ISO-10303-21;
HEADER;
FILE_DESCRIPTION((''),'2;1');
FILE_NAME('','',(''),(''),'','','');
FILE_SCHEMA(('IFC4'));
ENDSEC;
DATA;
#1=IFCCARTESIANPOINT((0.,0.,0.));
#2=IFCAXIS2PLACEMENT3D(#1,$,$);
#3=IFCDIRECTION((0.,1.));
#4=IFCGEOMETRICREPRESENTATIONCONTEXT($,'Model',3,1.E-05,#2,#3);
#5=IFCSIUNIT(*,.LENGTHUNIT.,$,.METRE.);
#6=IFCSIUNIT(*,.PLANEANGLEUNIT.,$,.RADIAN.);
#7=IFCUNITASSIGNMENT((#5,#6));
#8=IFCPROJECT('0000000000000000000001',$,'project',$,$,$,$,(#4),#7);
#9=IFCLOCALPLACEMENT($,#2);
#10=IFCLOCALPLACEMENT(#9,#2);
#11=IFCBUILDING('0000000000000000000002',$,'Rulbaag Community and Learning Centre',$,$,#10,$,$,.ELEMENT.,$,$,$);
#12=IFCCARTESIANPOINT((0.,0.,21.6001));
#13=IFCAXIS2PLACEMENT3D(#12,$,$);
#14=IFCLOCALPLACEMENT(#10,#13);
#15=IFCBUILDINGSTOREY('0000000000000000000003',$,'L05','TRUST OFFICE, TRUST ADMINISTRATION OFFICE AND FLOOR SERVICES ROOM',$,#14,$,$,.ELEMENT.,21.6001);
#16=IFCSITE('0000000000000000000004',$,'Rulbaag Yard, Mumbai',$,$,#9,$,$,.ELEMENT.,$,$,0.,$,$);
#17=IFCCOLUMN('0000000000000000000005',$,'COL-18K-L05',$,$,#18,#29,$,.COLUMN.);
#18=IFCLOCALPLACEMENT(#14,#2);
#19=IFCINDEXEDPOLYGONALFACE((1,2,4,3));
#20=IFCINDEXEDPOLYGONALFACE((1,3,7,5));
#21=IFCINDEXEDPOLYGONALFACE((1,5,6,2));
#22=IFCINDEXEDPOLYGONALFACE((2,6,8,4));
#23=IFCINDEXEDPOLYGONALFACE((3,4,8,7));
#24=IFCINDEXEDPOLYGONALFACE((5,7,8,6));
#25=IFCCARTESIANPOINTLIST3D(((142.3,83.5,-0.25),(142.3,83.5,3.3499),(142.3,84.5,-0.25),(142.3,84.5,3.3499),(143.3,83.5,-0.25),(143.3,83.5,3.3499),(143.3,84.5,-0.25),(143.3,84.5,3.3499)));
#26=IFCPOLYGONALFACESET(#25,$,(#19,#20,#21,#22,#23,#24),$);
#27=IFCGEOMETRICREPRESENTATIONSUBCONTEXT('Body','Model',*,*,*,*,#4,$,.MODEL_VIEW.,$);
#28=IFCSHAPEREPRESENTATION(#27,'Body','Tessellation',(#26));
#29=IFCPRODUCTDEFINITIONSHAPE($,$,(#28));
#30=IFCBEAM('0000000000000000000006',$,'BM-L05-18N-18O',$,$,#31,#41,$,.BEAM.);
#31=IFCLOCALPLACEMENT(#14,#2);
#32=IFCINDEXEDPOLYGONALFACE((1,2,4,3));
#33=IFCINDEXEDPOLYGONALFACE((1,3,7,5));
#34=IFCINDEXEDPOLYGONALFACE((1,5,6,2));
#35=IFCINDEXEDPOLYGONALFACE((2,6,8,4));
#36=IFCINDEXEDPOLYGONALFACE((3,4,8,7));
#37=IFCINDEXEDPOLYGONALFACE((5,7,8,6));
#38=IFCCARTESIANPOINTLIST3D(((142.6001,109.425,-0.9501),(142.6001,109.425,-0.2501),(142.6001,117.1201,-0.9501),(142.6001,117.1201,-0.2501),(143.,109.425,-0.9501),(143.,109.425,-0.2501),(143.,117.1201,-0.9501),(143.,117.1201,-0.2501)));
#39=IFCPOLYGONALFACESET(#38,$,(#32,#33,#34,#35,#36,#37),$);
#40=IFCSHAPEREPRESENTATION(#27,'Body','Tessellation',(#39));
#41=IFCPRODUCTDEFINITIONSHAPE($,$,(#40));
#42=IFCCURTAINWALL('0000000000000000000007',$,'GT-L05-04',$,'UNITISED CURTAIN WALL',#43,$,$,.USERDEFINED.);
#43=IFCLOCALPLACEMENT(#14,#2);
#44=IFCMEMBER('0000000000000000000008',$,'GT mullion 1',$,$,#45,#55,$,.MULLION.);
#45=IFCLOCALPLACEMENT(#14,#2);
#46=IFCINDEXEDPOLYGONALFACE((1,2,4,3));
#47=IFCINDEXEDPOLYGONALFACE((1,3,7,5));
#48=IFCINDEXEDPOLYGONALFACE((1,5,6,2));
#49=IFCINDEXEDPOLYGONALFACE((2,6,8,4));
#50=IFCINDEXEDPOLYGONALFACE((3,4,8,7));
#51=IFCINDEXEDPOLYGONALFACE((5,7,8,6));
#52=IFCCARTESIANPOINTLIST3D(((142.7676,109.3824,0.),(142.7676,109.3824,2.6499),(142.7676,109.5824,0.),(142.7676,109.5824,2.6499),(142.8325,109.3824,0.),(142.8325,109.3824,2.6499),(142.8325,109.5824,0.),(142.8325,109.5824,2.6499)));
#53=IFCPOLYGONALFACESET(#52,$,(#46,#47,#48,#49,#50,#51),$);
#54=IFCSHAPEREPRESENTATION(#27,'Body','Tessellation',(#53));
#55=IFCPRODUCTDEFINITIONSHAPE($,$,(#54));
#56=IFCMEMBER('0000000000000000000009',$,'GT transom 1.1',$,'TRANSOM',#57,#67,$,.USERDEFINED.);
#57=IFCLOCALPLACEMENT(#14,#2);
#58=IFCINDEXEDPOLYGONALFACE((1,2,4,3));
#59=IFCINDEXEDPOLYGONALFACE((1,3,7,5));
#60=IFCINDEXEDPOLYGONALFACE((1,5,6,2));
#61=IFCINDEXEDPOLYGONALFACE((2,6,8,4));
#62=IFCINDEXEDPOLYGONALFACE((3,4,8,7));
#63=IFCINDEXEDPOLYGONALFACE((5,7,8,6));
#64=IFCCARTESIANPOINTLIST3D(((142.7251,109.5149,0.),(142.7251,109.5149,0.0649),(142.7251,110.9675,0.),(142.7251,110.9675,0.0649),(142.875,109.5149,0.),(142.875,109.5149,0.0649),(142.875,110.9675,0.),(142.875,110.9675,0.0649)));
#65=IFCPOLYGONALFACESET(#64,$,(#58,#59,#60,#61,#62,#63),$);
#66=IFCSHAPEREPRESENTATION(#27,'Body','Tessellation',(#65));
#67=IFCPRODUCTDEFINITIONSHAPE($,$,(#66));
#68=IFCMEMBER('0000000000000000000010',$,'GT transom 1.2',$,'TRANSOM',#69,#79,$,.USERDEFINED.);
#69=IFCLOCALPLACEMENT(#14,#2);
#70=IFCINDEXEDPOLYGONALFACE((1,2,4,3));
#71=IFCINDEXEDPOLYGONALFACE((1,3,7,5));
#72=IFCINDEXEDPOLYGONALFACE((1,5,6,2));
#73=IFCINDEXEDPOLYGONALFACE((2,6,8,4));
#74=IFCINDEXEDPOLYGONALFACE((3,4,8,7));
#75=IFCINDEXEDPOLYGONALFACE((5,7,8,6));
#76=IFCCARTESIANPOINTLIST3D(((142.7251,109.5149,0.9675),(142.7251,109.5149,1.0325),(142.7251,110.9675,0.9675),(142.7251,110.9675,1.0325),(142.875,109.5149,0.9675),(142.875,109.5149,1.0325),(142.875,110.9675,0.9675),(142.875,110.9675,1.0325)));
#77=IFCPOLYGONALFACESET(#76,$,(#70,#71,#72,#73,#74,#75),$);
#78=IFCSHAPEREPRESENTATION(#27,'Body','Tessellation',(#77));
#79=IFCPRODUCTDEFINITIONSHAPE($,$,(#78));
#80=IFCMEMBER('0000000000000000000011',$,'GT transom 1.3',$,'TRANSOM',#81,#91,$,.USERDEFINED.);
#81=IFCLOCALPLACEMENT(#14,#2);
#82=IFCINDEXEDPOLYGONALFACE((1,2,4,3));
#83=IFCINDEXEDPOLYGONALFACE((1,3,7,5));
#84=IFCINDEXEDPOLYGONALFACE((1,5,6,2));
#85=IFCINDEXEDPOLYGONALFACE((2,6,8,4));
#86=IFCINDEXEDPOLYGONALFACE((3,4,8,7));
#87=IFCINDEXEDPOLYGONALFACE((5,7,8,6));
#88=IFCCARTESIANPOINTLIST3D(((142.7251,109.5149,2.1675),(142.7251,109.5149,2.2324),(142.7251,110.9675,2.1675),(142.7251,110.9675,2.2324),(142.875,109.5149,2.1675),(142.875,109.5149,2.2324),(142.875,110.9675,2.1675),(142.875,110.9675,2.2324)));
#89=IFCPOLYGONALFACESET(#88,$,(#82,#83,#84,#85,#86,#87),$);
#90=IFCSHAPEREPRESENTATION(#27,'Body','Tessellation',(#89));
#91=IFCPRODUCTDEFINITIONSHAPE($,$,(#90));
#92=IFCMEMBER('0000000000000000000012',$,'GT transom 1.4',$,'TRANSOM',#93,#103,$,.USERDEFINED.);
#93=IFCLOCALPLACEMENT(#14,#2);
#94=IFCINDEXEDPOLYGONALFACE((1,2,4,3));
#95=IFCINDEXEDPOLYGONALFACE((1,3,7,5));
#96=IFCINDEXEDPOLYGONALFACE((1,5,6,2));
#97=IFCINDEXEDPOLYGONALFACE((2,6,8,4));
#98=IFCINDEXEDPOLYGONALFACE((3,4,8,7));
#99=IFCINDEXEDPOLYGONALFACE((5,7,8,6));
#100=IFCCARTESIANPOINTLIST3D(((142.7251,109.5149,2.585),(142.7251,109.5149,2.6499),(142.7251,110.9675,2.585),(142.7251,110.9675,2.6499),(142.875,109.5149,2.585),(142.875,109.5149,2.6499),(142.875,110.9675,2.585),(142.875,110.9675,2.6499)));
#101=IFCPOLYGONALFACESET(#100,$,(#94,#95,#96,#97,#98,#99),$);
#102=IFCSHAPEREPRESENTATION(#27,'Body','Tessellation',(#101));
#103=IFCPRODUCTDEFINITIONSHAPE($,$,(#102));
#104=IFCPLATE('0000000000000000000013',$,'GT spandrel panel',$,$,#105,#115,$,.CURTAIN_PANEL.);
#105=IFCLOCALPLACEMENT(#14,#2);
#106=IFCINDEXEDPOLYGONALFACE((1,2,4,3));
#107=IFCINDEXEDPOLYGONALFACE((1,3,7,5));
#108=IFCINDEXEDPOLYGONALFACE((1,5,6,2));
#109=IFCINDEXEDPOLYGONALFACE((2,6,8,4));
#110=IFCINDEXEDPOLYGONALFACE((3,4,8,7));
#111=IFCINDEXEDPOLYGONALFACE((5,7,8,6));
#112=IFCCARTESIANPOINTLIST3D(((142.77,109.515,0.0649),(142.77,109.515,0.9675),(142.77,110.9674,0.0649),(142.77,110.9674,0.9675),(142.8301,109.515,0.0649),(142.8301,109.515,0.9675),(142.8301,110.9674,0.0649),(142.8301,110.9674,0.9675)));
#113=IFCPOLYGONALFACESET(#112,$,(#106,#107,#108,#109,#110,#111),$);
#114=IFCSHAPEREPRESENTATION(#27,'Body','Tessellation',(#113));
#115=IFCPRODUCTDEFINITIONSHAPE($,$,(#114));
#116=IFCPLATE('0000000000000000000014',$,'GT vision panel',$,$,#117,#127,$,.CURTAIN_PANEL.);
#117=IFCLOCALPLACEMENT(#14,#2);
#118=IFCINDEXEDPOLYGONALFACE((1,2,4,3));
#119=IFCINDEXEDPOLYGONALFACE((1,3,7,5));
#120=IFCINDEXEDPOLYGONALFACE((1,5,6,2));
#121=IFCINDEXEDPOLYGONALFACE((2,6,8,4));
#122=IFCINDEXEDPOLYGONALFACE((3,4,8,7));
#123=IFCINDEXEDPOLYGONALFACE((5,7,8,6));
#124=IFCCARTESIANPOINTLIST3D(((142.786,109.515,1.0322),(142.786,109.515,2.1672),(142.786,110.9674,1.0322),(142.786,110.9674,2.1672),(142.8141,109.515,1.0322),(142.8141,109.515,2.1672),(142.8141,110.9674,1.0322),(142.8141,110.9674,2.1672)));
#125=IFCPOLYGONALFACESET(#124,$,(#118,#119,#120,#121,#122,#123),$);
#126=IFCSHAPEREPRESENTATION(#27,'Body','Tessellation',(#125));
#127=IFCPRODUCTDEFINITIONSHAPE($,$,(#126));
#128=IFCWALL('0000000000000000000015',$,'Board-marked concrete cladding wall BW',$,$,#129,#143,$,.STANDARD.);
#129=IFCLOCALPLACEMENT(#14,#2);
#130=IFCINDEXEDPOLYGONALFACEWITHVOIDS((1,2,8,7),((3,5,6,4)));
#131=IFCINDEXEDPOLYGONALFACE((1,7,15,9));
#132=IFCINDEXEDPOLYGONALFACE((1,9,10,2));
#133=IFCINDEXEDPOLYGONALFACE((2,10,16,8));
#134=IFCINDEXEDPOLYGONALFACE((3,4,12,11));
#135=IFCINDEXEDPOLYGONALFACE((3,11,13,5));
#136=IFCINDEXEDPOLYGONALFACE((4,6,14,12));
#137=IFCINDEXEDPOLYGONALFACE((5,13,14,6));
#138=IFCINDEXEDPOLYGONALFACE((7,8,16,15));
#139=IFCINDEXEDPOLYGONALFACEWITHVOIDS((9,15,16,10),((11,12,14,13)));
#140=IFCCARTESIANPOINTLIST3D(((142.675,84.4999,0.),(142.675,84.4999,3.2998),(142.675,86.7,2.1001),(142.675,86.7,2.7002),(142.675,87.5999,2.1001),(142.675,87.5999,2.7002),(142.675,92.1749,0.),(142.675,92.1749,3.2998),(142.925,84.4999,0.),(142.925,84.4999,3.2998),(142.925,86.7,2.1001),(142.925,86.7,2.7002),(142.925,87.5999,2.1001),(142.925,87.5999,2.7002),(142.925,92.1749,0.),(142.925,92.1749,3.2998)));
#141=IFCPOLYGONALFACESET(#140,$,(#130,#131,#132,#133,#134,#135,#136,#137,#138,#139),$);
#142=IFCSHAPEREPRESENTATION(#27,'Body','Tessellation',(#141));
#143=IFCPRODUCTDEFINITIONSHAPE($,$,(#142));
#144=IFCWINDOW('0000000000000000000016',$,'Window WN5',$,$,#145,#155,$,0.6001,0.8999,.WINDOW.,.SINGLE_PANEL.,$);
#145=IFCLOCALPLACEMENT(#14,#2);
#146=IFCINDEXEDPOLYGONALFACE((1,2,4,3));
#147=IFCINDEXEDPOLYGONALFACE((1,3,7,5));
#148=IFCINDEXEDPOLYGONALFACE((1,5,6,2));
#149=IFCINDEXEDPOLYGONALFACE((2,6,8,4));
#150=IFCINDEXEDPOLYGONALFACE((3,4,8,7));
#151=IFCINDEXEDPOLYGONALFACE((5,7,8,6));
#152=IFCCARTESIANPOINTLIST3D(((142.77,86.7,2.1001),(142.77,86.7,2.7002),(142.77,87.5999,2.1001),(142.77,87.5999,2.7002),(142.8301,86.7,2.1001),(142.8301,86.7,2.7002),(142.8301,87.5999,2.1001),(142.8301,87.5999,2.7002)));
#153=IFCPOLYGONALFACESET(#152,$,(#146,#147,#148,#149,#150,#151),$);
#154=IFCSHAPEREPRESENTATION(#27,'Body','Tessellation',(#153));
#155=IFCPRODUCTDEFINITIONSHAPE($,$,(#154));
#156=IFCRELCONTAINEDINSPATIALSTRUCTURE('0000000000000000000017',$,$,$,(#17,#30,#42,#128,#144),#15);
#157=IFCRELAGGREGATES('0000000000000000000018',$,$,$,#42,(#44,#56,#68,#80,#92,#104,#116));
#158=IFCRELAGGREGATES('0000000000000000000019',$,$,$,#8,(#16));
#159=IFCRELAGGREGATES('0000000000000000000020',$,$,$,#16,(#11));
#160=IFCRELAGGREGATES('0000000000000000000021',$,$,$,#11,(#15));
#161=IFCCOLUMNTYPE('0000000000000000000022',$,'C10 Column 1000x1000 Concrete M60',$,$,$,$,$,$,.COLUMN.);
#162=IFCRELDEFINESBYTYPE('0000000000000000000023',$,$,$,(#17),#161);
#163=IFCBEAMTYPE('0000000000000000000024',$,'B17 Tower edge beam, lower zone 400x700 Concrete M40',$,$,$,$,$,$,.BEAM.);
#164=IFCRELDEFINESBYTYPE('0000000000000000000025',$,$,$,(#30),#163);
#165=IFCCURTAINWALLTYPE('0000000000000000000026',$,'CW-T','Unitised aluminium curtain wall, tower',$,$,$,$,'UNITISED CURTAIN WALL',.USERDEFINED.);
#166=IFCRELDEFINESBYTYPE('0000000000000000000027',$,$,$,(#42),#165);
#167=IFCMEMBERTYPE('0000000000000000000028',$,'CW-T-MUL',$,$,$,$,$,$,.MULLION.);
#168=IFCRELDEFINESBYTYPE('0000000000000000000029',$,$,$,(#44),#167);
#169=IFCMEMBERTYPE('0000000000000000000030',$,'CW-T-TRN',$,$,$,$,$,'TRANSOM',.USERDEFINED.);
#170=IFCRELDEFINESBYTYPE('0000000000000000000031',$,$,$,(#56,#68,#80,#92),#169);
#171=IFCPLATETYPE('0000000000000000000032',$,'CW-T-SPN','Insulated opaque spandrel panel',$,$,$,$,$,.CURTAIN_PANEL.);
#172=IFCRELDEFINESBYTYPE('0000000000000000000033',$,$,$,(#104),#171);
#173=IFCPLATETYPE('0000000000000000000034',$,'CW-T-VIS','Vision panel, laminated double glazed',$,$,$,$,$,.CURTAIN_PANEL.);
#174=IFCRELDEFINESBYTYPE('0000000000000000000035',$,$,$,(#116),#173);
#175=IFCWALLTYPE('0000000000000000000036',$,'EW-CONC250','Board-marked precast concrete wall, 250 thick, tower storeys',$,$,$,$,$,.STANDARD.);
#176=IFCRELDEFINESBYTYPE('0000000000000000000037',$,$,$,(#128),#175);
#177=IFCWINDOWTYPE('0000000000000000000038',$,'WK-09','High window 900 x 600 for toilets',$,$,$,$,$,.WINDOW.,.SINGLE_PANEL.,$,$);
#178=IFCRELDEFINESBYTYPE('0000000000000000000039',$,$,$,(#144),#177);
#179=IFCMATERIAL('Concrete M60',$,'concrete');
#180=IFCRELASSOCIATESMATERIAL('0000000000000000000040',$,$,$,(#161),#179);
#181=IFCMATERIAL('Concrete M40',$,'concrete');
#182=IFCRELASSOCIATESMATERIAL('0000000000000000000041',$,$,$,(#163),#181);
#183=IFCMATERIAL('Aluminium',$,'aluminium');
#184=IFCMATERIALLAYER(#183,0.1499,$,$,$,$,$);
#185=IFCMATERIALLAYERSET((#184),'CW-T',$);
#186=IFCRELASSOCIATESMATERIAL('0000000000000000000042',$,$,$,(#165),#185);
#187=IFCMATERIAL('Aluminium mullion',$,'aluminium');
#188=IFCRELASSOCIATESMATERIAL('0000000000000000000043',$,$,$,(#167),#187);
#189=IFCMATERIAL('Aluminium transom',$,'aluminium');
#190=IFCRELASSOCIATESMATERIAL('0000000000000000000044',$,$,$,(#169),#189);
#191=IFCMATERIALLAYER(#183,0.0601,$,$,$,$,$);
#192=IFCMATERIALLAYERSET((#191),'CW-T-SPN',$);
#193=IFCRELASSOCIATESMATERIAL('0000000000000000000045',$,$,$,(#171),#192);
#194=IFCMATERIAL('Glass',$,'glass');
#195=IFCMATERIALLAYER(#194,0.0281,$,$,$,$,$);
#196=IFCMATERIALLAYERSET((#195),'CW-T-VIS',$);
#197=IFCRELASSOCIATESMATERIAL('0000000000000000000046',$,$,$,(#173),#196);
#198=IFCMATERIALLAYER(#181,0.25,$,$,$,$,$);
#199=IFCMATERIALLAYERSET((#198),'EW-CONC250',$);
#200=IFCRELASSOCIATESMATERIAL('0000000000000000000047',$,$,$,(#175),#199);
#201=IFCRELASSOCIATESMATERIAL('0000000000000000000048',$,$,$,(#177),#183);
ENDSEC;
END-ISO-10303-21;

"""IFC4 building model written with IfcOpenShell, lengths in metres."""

from ifc_helpers import new_model, si_unit, direction, frame, frame_2d, origin, origin_2d, place, context, subcontext, project, spatial, rectangle, extrude, material, layer, layer_set, material_profile, profile_set, type_object, element, fill, aggregate, save


model = new_model("IFC4")

# Units and contexts
model_context = context("Model", 3, precision=1e-05, world=origin(), true_north=direction((0.0, 1.0)))
body_context = subcontext(model_context, "Body", "Model", "MODEL_VIEW")
ifc_project = project(units=[si_unit("LENGTHUNIT", "METRE"), si_unit("PLANEANGLEUNIT", "RADIAN")], contexts=[model_context])

# Site, building, storey
site_placement = place(None, origin())
site = spatial("IfcSite", under=ifc_project, at=site_placement, Name="Rulbaag Yard, Mumbai", CompositionType="ELEMENT", RefElevation=0.0)
building_placement = place(site_placement, origin())
building = spatial("IfcBuilding", under=site, at=building_placement, Name="Rulbaag Community and Learning Centre", CompositionType="ELEMENT")
storey_placement = place(building_placement, frame((0.0, 0.0, 21.6001)))
storey = spatial("IfcBuildingStorey", under=building, at=storey_placement, Name="L05", Description="TRUST OFFICE, TRUST ADMINISTRATION OFFICE AND FLOOR SERVICES ROOM", CompositionType="ELEMENT", Elevation=21.6001)

# Column
ifc_material_1 = material(Name="Concrete M60", Category="concrete")
ifc_material_profile_1 = material_profile(ifc_material_1, rectangle(XDim=1.0, YDim=1.0, at=origin_2d()), Name="RC1000x1000")
ifc_profile_set_1 = profile_set([ifc_material_profile_1], Name="Concrete M60")
column_type = type_object("IfcColumnType", Name="C10 Column 1000x1000 Concrete M60", PredefinedType="COLUMN", material=ifc_profile_set_1)
column_placement = place(storey_placement, frame((142.8, 84.0, -0.25), z_axis=(0.0, 0.0, 1.0), x_axis=(1.0, 0.0, 0.0)))
element("IfcColumn", 1, at=column_placement, inside=storey, type_object=column_type, Name="COL-18K-L05", PredefinedType="COLUMN", context=body_context, shape_type="SweptSolid", body=[
    extrude(rectangle(XDim=1.0, YDim=1.0, at=origin_2d()), origin(), (0.0, 0.0, 1.0), 3.5999),
])

# Beam
ifc_material_2 = material(Name="Concrete M40", Category="concrete")
ifc_material_profile_2 = material_profile(ifc_material_2, rectangle(XDim=0.3999, YDim=0.7, at=origin_2d()), Name="RB400x700")
ifc_profile_set_2 = profile_set([ifc_material_profile_2], Name="Concrete M40")
beam_type = type_object("IfcBeamType", Name="B17 Tower edge beam, lower zone 400x700 Concrete M40", PredefinedType="BEAM", material=ifc_profile_set_2)
beam_placement = place(storey_placement, frame((142.8, 109.425, -0.6001), z_axis=(0.0, 1.0, 0.0), x_axis=(-1.0, 0.0, 0.0)))
element("IfcBeam", 2, at=beam_placement, inside=storey, type_object=beam_type, Name="BM-L05-18N-18O", PredefinedType="BEAM", context=body_context, shape_type="SweptSolid", body=[
    extrude(rectangle(XDim=0.3999, YDim=0.7, at=origin_2d()), origin(), (0.0, 0.0, 1.0), 7.6951),
])

# Curtain wall, members, plates
ifc_material_3 = material(Name="Aluminium", Category="aluminium")
ifc_layer_1 = layer(ifc_material_3, 0.1499)
ifc_layer_set_1 = layer_set([ifc_layer_1], Name="CW-T")
curtain_wall_type = type_object("IfcCurtainWallType", Name="CW-T", Description="Unitised aluminium curtain wall, tower", ElementType="UNITISED CURTAIN WALL", PredefinedType="USERDEFINED", material=ifc_layer_set_1)
curtain_wall_placement = place(storey_placement, origin())
curtain_wall = element("IfcCurtainWall", 3, at=curtain_wall_placement, inside=storey, type_object=curtain_wall_type, Name="GT-L05-04", ObjectType="UNITISED CURTAIN WALL", PredefinedType="USERDEFINED")
ifc_material_4 = material(Name="Aluminium mullion", Category="aluminium")
ifc_material_profile_3 = material_profile(ifc_material_4, rectangle(XDim=0.0649, YDim=0.2, at=origin_2d()), Name="AL 65x200")
ifc_profile_set_3 = profile_set([ifc_material_profile_3], Name="Aluminium mullion")
member_type_1 = type_object("IfcMemberType", Name="CW-T-MUL", PredefinedType="MULLION", material=ifc_profile_set_3)
member_1_placement = place(storey_placement, frame((142.8, 109.4824, 0.0), z_axis=(0.0, 0.0, 1.0), x_axis=(-1.0, 0.0, 0.0)))
member_1 = element("IfcMember", 4, at=member_1_placement, type_object=member_type_1, Name="GT mullion 1", PredefinedType="MULLION", context=body_context, shape_type="SweptSolid", body=[
    extrude(rectangle(XDim=0.0649, YDim=0.2, at=origin_2d()), origin(), (0.0, 0.0, 1.0), 2.6499),
])
ifc_material_5 = material(Name="Aluminium transom", Category="aluminium")
ifc_material_profile_4 = material_profile(ifc_material_5, rectangle(XDim=0.1499, YDim=0.0649, at=origin_2d()), Name="AL 65x150 T")
ifc_profile_set_4 = profile_set([ifc_material_profile_4], Name="Aluminium transom")
member_type_2 = type_object("IfcMemberType", Name="CW-T-TRN", ElementType="TRANSOM", PredefinedType="USERDEFINED", material=ifc_profile_set_4)
member_2_placement = place(storey_placement, frame((142.8, 109.5149, 0.0325), z_axis=(0.0, 1.0, 0.0), x_axis=(-1.0, 0.0, 0.0)))
member_2 = element("IfcMember", 5, at=member_2_placement, type_object=member_type_2, Name="GT transom 1.1", ObjectType="TRANSOM", PredefinedType="USERDEFINED", context=body_context, shape_type="SweptSolid", body=[
    extrude(rectangle(XDim=0.1499, YDim=0.0649, at=origin_2d()), origin(), (0.0, 0.0, 1.0), 1.4526),
])
member_3_placement = place(storey_placement, frame((142.8, 109.5149, 1.0), z_axis=(0.0, 1.0, 0.0), x_axis=(-1.0, 0.0, 0.0)))
member_3 = element("IfcMember", 6, at=member_3_placement, type_object=member_type_2, Name="GT transom 1.2", ObjectType="TRANSOM", PredefinedType="USERDEFINED", context=body_context, shape_type="SweptSolid", body=[
    extrude(rectangle(XDim=0.1499, YDim=0.0649, at=origin_2d()), origin(), (0.0, 0.0, 1.0), 1.4526),
])
member_4_placement = place(storey_placement, frame((142.8, 109.5149, 2.2), z_axis=(0.0, 1.0, 0.0), x_axis=(-1.0, 0.0, 0.0)))
member_4 = element("IfcMember", 7, at=member_4_placement, type_object=member_type_2, Name="GT transom 1.3", ObjectType="TRANSOM", PredefinedType="USERDEFINED", context=body_context, shape_type="SweptSolid", body=[
    extrude(rectangle(XDim=0.1499, YDim=0.0649, at=origin_2d()), origin(), (0.0, 0.0, 1.0), 1.4526),
])
member_5_placement = place(storey_placement, frame((142.8, 109.5149, 2.6174), z_axis=(0.0, 1.0, 0.0), x_axis=(-1.0, 0.0, 0.0)))
member_5 = element("IfcMember", 8, at=member_5_placement, type_object=member_type_2, Name="GT transom 1.4", ObjectType="TRANSOM", PredefinedType="USERDEFINED", context=body_context, shape_type="SweptSolid", body=[
    extrude(rectangle(XDim=0.1499, YDim=0.0649, at=origin_2d()), origin(), (0.0, 0.0, 1.0), 1.4526),
])
ifc_layer_2 = layer(ifc_material_3, 0.0601)
ifc_layer_set_2 = layer_set([ifc_layer_2], Name="CW-T-SPN")
plate_type_1 = type_object("IfcPlateType", Name="CW-T-SPN", Description="Insulated opaque spandrel panel", PredefinedType="CURTAIN_PANEL", material=ifc_layer_set_2)
plate_1_placement = place(storey_placement, frame((142.8, 110.2412, 0.0649), z_axis=(0.0, 0.0, 1.0), x_axis=(0.0, 1.0, 0.0)))
plate_1 = element("IfcPlate", 9, at=plate_1_placement, type_object=plate_type_1, Name="GT spandrel panel", PredefinedType="CURTAIN_PANEL", context=body_context, shape_type="SweptSolid", body=[
    extrude(rectangle(XDim=1.4524, YDim=0.0601, at=origin_2d()), origin(), (0.0, 0.0, 1.0), 0.9026),
])
ifc_material_6 = material(Name="Glass", Category="glass")
ifc_layer_3 = layer(ifc_material_6, 0.0281)
ifc_layer_set_3 = layer_set([ifc_layer_3], Name="CW-T-VIS")
plate_type_2 = type_object("IfcPlateType", Name="CW-T-VIS", Description="Vision panel, laminated double glazed", PredefinedType="CURTAIN_PANEL", material=ifc_layer_set_3)
plate_2_placement = place(storey_placement, frame((142.8, 110.2412, 1.0322), z_axis=(0.0, 0.0, 1.0), x_axis=(0.0, 1.0, 0.0)))
plate_2 = element("IfcPlate", 10, at=plate_2_placement, type_object=plate_type_2, Name="GT vision panel", PredefinedType="CURTAIN_PANEL", context=body_context, shape_type="SweptSolid", body=[
    extrude(rectangle(XDim=1.4524, YDim=0.0281, at=origin_2d()), origin(), (0.0, 0.0, 1.0), 1.135),
])
aggregate(curtain_wall, [member_1, member_2, member_3, member_4, member_5, plate_1, plate_2])

# Wall, opening, window
ifc_layer_4 = layer(ifc_material_2, 0.25)
ifc_layer_set_4 = layer_set([ifc_layer_4], Name="EW-CONC250")
wall_type_1 = type_object("IfcWallType", Name="EW-CONC250", Description="Board-marked precast concrete wall, 250 thick, tower storeys", PredefinedType="STANDARD", material=ifc_layer_set_4)
wall_1_placement = place(storey_placement, frame((142.8, 84.5, 0.0), z_axis=(0.0, 0.0, 1.0), x_axis=(0.0, 1.0, 0.0)))
wall_1 = element("IfcWall", 11, at=wall_1_placement, inside=storey, type_object=wall_type_1, Name="Board-marked concrete cladding wall BW", PredefinedType="STANDARD", context=body_context, shape_type="SweptSolid", body=[
    extrude(rectangle(XDim=7.675, YDim=0.25, at=frame_2d((3.8374, 0.0))), origin(), (0.0, 0.0, 1.0), 3.2998),
])
opening_1_placement = place(wall_1_placement, frame((2.2, 0.0, 2.1001)))
opening_1 = element("IfcOpeningElement", 12, at=opening_1_placement, cuts=wall_1, PredefinedType="OPENING", context=body_context, shape_type="SweptSolid", body=[
    extrude(rectangle(XDim=0.8999, YDim=0.6001, at=frame_2d((0.45, 0.3))), frame((0.0, 0.135, 0.0), z_axis=(0.0, -1.0, 0.0), x_axis=(1.0, 0.0, 0.0)), (0.0, 0.0, 1.0), 0.27),
])
window_type = type_object("IfcWindowType", Name="WK-09", Description="High window 900 x 600 for toilets", PartitioningType="SINGLE_PANEL", PredefinedType="WINDOW", material=ifc_material_3)
window_placement = place(opening_1_placement, origin())
window = element("IfcWindow", 13, at=window_placement, inside=storey, type_object=window_type, Name="Window WN5", OverallHeight=0.6001, OverallWidth=0.8999, PartitioningType="SINGLE_PANEL", PredefinedType="WINDOW", context=body_context, shape_type="SweptSolid", body=[
    extrude(rectangle(XDim=0.8999, YDim=0.6001, at=frame_2d((0.45, 0.3))), frame((0.0, 0.03, 0.0), z_axis=(0.0, -1.0, 0.0), x_axis=(1.0, 0.0, 0.0)), (0.0, 0.0, 1.0), 0.0601),
])
fill(opening_1, window)

save(model, "model.ifc")
